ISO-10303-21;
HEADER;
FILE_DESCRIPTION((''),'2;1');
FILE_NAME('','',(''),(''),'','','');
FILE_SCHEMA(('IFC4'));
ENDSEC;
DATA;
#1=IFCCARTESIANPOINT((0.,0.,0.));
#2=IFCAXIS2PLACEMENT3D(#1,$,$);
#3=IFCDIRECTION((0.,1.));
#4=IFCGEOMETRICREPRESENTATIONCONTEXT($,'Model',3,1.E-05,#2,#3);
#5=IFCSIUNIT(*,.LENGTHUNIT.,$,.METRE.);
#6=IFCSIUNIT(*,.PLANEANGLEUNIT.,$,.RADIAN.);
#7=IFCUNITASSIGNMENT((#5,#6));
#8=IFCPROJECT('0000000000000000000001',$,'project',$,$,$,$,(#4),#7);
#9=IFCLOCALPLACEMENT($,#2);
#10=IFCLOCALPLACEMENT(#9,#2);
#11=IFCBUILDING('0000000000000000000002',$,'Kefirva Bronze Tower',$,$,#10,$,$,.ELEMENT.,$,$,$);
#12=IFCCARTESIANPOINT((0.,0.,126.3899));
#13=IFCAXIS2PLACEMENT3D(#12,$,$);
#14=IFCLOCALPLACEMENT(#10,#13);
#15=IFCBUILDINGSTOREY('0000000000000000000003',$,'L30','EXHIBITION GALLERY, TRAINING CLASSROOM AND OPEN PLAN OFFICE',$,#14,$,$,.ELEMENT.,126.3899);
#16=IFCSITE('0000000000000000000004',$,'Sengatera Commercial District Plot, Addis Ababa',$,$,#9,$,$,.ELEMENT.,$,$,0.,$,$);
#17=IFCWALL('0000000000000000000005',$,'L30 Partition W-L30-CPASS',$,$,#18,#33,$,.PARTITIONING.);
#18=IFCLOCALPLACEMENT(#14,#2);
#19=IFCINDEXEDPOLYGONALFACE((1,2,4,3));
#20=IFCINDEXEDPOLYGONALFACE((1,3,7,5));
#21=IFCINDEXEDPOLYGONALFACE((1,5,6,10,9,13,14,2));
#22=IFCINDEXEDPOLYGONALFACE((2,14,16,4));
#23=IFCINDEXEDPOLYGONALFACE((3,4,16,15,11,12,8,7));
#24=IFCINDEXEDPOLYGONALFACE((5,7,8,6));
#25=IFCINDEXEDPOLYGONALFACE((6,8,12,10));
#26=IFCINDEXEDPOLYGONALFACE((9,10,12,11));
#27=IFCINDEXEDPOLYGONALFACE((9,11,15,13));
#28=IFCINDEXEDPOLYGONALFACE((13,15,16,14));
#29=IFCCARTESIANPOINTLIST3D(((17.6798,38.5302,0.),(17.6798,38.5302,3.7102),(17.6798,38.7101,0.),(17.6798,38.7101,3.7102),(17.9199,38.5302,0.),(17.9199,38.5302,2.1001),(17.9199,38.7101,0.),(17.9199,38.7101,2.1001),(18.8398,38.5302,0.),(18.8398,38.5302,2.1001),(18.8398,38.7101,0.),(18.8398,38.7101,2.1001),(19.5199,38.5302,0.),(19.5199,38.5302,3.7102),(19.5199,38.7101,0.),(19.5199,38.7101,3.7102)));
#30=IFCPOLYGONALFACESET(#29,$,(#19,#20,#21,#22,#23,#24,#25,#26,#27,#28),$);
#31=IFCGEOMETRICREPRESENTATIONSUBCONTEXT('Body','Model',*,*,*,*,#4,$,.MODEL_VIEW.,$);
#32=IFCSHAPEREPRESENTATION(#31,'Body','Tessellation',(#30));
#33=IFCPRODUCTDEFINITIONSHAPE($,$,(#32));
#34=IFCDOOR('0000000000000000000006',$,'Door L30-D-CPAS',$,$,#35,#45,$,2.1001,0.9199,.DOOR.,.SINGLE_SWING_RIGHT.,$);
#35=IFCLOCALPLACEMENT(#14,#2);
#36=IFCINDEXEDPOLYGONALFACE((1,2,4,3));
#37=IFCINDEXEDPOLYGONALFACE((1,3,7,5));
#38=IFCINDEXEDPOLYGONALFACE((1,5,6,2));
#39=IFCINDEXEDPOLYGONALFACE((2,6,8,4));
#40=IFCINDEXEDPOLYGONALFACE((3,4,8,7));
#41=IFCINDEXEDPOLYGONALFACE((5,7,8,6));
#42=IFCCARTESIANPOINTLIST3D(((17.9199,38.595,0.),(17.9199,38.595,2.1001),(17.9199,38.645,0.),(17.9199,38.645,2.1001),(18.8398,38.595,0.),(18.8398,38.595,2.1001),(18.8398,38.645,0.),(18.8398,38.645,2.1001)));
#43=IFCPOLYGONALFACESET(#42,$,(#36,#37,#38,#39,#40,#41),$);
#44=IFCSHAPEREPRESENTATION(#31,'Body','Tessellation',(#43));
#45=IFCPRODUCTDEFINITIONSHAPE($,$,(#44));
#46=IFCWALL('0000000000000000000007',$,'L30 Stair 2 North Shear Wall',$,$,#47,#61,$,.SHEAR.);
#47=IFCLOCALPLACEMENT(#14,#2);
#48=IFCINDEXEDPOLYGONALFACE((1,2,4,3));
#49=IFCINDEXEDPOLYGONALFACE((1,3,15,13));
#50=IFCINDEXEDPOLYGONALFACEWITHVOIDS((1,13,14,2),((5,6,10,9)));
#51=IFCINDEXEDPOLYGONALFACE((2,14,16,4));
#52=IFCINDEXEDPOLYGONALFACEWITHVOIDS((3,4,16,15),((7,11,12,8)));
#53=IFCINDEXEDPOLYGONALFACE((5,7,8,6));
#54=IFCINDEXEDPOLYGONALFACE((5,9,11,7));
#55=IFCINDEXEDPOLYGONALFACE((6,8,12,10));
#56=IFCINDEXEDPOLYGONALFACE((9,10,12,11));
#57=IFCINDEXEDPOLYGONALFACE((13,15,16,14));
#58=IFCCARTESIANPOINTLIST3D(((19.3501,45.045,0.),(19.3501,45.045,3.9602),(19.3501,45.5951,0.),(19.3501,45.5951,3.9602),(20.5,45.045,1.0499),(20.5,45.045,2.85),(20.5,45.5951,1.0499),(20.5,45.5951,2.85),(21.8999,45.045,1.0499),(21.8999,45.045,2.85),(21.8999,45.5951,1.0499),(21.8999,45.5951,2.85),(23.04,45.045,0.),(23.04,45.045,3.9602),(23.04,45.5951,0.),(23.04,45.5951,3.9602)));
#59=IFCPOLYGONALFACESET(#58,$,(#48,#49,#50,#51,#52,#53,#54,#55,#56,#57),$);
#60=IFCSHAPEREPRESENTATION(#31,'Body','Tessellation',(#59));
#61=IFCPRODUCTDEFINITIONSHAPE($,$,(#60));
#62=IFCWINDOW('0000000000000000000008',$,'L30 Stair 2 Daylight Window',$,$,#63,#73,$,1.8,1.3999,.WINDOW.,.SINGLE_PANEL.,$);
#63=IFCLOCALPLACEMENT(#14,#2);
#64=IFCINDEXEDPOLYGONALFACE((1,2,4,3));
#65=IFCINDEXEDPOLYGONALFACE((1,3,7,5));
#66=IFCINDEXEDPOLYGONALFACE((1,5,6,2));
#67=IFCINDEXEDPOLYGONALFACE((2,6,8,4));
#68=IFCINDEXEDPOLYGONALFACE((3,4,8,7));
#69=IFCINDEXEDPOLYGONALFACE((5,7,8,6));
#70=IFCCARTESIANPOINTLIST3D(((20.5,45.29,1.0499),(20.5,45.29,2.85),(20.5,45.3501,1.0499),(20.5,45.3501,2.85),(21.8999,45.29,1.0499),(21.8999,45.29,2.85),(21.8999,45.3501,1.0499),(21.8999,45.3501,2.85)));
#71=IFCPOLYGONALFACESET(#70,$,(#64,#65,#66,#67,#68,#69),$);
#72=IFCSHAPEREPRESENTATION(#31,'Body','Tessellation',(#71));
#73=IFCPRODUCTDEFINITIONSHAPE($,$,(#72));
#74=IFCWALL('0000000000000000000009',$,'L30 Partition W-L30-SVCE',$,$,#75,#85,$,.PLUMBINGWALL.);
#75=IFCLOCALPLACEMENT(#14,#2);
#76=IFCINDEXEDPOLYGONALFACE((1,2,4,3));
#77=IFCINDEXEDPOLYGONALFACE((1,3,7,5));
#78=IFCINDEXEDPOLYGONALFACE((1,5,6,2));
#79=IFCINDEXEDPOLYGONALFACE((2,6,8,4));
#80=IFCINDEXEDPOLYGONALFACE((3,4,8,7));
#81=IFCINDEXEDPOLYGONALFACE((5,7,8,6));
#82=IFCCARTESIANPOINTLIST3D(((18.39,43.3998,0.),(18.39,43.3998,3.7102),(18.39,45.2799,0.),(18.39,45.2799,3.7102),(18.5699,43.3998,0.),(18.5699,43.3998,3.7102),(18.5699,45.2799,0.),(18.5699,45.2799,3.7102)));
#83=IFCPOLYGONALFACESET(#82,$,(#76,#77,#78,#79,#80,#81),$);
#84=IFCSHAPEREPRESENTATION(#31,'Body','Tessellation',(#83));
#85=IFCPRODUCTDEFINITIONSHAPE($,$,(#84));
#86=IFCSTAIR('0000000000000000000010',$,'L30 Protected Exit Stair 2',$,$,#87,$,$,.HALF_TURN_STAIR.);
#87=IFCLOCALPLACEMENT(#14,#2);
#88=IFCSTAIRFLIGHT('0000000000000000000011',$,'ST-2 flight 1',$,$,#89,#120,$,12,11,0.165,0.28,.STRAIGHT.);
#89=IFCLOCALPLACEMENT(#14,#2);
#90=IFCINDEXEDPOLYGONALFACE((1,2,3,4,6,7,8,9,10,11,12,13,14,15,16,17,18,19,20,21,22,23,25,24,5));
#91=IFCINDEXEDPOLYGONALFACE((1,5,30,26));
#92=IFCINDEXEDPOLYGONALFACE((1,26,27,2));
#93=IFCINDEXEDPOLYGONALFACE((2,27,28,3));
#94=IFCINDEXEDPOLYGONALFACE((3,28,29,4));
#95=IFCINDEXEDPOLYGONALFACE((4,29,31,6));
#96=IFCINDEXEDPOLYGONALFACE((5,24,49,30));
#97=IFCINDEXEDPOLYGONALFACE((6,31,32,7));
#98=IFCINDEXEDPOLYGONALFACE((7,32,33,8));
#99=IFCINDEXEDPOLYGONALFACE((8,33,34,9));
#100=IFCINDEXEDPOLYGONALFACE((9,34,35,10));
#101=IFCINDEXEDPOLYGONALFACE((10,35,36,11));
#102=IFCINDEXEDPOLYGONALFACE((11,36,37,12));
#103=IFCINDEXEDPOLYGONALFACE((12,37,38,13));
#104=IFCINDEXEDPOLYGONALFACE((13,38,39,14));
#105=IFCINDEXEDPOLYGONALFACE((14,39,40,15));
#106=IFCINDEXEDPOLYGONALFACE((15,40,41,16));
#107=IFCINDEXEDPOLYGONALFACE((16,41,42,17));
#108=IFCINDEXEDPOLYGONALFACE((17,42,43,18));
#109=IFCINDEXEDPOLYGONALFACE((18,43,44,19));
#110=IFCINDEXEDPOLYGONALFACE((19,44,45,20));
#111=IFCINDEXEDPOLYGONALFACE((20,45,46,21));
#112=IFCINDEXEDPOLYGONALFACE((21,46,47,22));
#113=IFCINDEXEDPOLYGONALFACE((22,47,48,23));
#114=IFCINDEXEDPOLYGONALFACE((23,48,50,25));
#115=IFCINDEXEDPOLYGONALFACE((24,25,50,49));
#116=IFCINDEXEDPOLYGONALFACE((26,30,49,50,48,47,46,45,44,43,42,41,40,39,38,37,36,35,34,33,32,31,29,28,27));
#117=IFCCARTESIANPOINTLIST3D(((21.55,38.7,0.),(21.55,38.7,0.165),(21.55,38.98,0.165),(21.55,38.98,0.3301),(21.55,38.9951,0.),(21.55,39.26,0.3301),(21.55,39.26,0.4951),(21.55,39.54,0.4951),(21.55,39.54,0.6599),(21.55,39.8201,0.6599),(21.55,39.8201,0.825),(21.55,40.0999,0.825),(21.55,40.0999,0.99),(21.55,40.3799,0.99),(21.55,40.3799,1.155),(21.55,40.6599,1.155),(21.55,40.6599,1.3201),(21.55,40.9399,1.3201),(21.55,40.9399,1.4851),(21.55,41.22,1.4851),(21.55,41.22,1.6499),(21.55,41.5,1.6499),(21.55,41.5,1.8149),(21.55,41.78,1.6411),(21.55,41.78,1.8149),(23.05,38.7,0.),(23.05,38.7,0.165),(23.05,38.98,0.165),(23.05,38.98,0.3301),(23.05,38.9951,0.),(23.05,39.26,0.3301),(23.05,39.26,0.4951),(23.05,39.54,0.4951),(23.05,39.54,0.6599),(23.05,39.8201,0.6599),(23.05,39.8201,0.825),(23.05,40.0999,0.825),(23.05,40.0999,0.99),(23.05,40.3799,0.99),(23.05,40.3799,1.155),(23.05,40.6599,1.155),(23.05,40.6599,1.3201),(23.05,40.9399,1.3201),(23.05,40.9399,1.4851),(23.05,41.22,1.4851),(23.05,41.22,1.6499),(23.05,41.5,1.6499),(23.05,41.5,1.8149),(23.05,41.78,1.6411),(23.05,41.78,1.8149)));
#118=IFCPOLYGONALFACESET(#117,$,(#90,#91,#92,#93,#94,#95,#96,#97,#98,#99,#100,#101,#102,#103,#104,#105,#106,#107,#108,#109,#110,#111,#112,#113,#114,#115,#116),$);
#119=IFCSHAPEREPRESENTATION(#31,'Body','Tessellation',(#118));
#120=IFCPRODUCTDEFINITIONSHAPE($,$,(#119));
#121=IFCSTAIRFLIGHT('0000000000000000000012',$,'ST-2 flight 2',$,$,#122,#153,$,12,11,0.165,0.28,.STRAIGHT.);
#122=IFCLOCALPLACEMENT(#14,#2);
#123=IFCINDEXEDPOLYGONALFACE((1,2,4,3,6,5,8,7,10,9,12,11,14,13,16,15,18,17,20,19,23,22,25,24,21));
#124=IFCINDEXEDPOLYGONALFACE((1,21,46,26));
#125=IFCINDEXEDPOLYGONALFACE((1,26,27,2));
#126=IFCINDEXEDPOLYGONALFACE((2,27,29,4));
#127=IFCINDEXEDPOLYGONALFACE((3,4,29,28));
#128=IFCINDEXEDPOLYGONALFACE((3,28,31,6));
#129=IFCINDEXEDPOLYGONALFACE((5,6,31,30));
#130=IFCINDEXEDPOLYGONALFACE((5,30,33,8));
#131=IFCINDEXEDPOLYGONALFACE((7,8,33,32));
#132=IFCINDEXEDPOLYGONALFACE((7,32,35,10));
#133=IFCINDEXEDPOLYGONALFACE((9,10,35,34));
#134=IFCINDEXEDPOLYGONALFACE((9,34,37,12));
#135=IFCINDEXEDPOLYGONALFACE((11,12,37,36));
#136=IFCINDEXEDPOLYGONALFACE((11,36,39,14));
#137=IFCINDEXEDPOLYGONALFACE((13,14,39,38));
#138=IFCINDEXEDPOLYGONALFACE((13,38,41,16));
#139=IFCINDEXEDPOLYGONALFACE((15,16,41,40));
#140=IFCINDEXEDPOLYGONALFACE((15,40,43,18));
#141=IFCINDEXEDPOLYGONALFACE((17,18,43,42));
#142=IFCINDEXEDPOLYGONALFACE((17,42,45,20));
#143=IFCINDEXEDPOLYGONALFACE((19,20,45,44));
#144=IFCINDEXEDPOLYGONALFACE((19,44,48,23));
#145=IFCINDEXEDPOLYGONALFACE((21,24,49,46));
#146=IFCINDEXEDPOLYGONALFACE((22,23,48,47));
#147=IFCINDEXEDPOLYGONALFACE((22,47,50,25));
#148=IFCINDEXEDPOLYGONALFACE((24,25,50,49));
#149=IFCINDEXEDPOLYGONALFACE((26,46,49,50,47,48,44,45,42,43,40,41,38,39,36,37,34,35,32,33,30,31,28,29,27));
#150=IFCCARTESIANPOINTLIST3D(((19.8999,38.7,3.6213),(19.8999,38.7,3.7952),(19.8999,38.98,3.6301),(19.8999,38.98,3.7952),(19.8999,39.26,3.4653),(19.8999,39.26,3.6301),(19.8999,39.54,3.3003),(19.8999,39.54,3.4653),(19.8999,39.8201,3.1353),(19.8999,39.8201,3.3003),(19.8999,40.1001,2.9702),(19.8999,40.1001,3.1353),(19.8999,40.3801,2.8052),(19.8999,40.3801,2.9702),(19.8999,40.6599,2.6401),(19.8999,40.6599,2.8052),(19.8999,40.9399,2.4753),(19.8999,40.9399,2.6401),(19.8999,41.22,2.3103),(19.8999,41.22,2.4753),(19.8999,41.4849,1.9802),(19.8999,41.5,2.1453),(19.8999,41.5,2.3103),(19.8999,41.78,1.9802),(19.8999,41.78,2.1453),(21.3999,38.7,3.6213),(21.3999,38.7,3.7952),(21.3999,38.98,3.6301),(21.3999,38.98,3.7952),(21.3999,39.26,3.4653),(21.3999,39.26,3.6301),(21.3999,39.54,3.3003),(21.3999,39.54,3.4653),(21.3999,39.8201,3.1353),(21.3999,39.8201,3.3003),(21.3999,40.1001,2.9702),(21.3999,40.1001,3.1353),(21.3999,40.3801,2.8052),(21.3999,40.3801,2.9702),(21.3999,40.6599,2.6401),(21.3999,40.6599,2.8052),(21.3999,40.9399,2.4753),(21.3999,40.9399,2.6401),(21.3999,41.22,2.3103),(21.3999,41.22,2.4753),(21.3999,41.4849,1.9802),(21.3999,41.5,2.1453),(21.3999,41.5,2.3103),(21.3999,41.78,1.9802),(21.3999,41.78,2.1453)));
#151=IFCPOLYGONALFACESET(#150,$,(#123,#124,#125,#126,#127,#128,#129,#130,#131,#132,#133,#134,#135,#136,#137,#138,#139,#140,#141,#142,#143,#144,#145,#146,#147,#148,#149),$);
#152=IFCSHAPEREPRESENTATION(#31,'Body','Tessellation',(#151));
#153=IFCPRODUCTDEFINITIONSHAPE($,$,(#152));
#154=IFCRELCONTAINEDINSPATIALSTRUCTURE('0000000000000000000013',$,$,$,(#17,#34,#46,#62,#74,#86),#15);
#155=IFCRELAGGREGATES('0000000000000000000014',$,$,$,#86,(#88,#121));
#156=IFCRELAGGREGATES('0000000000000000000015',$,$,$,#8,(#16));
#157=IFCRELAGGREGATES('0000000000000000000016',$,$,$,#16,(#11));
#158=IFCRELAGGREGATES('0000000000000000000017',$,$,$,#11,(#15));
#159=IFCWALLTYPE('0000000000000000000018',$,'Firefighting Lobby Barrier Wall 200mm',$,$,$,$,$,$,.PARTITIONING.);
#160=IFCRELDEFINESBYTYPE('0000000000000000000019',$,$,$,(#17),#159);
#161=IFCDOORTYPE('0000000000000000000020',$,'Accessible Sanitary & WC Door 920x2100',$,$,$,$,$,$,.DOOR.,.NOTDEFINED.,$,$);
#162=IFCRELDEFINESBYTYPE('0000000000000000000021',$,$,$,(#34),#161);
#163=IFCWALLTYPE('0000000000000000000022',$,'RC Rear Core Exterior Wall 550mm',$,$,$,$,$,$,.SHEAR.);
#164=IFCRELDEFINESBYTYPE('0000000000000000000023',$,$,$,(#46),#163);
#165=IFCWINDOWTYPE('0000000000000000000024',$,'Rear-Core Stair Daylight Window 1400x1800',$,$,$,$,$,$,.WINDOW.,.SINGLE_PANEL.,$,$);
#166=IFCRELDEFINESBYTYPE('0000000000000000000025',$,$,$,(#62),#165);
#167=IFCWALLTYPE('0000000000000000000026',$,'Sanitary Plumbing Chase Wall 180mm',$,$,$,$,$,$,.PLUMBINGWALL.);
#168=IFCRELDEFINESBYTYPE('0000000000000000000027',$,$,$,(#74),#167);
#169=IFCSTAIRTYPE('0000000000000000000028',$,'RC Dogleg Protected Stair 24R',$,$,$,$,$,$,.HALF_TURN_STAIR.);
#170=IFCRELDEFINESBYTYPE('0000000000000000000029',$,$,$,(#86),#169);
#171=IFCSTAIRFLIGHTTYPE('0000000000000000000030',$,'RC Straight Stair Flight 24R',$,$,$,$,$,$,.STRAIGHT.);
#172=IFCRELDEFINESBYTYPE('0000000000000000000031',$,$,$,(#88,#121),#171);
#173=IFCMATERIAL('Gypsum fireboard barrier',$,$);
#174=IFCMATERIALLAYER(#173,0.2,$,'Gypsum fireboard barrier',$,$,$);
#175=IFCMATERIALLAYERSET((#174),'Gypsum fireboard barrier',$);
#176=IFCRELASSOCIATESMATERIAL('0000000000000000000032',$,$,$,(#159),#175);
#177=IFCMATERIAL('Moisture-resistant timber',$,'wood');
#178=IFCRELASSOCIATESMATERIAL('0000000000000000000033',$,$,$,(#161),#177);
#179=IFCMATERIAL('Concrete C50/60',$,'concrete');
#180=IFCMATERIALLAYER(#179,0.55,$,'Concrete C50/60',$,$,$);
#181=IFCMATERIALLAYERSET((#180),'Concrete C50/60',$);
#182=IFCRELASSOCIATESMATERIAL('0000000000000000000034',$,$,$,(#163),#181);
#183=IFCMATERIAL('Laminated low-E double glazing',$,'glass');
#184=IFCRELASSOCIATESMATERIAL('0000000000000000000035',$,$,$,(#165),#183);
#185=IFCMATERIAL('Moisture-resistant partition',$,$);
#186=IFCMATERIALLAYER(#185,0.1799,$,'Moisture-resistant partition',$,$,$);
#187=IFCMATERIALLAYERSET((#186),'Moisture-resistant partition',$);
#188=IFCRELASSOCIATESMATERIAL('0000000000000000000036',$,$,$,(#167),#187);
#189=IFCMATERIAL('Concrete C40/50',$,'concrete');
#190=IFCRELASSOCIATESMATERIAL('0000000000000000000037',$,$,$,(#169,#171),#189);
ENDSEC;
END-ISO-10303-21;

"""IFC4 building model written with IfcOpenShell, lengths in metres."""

from ifc_helpers import new_model, si_unit, direction, frame, frame_2d, origin, place, context, subcontext, project, spatial, polyline, rectangle, outline, extrude, material, layer, layer_set, type_object, element, fill, aggregate, save


model = new_model("IFC4")

# Units and contexts
model_context = context("Model", 3, precision=1e-05, world=origin(), true_north=direction((0.0, 1.0)))
body_context = subcontext(model_context, "Body", "Model", "MODEL_VIEW")
ifc_project = project(units=[si_unit("LENGTHUNIT", "METRE"), si_unit("PLANEANGLEUNIT", "RADIAN")], contexts=[model_context])

# Site, building, storey
site_placement = place(None, origin())
site = spatial("IfcSite", under=ifc_project, at=site_placement, Name="Sengatera Commercial District Plot, Addis Ababa", CompositionType="ELEMENT", RefElevation=0.0)
building_placement = place(site_placement, origin())
building = spatial("IfcBuilding", under=site, at=building_placement, Name="Kefirva Bronze Tower", CompositionType="ELEMENT")
storey_placement = place(building_placement, frame((0.0, 0.0, 126.3899)))
storey = spatial("IfcBuildingStorey", under=building, at=storey_placement, Name="L30", Description="EXHIBITION GALLERY, TRAINING CLASSROOM AND OPEN PLAN OFFICE", CompositionType="ELEMENT", Elevation=126.3899)

# Shared definitions
ifc_material_1 = material(Name="Concrete C50/60", Category="concrete")

# Shared definitions
ifc_material_2 = material(Name="Laminated low-E double glazing", Category="glass")

# Wall, opening, door
ifc_material_3 = material(Name="Gypsum fireboard barrier")
ifc_layer_1 = layer(ifc_material_3, 0.2, Name="Gypsum fireboard barrier")
ifc_layer_set_1 = layer_set([ifc_layer_1], Name="Gypsum fireboard barrier")
wall_type_1 = type_object("IfcWallType", Name="Firefighting Lobby Barrier Wall 200mm", PredefinedType="PARTITIONING", material=ifc_layer_set_1)
wall_1_placement = place(storey_placement, frame((17.6799, 38.6201, 0.0), z_axis=(0.0, 0.0, 1.0), x_axis=(1.0, 0.0, 0.0)))
wall_1 = element("IfcWall", 1, at=wall_1_placement, inside=storey, type_object=wall_type_1, Name="L30 Partition W-L30-CPASS", PredefinedType="PARTITIONING", context=body_context, shape_type="SweptSolid", body=[
    extrude(rectangle(XDim=1.8401, YDim=0.1799, at=frame_2d((0.9199, 0.0))), origin(), (0.0, 0.0, 1.0), 3.7102),
])
opening_1_placement = place(wall_1_placement, frame((0.24, 0.0, 0.0)))
opening_1 = element("IfcOpeningElement", 2, at=opening_1_placement, cuts=wall_1, PredefinedType="OPENING", context=body_context, shape_type="SweptSolid", body=[
    extrude(rectangle(XDim=0.9199, YDim=2.1001, at=frame_2d((0.46, 1.05))), frame((0.0, 0.1001, 0.0), z_axis=(0.0, -1.0, 0.0), x_axis=(1.0, 0.0, 0.0)), (0.0, 0.0, 1.0), 0.2),
])
ifc_material_4 = material(Name="Moisture-resistant timber", Category="wood")
door_type = type_object("IfcDoorType", Name="Accessible Sanitary & WC Door 920x2100", OperationType="NOTDEFINED", PredefinedType="DOOR", material=ifc_material_4)
door_placement = place(opening_1_placement, origin())
door = element("IfcDoor", 3, at=door_placement, inside=storey, type_object=door_type, Name="Door L30-D-CPAS", OperationType="SINGLE_SWING_RIGHT", OverallHeight=2.1001, OverallWidth=0.9199, PredefinedType="DOOR", context=body_context, shape_type="SweptSolid", body=[
    extrude(rectangle(XDim=0.9199, YDim=2.1001, at=frame_2d((0.46, 1.05))), frame((0.0, 0.0249, 0.0), z_axis=(0.0, -1.0, 0.0), x_axis=(1.0, 0.0, 0.0)), (0.0, 0.0, 1.0), 0.05),
])
fill(opening_1, door)

# Wall, opening, window
ifc_layer_2 = layer(ifc_material_1, 0.55, Name="Concrete C50/60")
ifc_layer_set_2 = layer_set([ifc_layer_2], Name="Concrete C50/60")
wall_type_2 = type_object("IfcWallType", Name="RC Rear Core Exterior Wall 550mm", PredefinedType="SHEAR", material=ifc_layer_set_2)
wall_2_placement = place(storey_placement, frame((19.3501, 45.3201, 0.0), z_axis=(0.0, 0.0, 1.0), x_axis=(1.0, 0.0, 0.0)))
wall_2 = element("IfcWall", 4, at=wall_2_placement, inside=storey, type_object=wall_type_2, Name="L30 Stair 2 North Shear Wall", PredefinedType="SHEAR", context=body_context, shape_type="SweptSolid", body=[
    extrude(rectangle(XDim=3.6899, YDim=0.55, at=frame_2d((1.845, 0.0))), origin(), (0.0, 0.0, 1.0), 3.9602),
])
opening_2_placement = place(wall_2_placement, frame((1.1499, 0.0, 1.05)))
opening_2 = element("IfcOpeningElement", 5, at=opening_2_placement, cuts=wall_2, PredefinedType="OPENING", context=body_context, shape_type="SweptSolid", body=[
    extrude(rectangle(XDim=1.3999, YDim=1.8, at=frame_2d((0.7, 0.8999))), frame((0.0, 0.2852, 0.0), z_axis=(0.0, -1.0, 0.0), x_axis=(1.0, 0.0, 0.0)), (0.0, 0.0, 1.0), 0.5701),
])
window_type = type_object("IfcWindowType", Name="Rear-Core Stair Daylight Window 1400x1800", PartitioningType="SINGLE_PANEL", PredefinedType="WINDOW", material=ifc_material_2)
window_placement = place(opening_2_placement, origin())
window = element("IfcWindow", 6, at=window_placement, inside=storey, type_object=window_type, Name="L30 Stair 2 Daylight Window", OverallHeight=1.8, OverallWidth=1.3999, PartitioningType="SINGLE_PANEL", PredefinedType="WINDOW", context=body_context, shape_type="SweptSolid", body=[
    extrude(rectangle(XDim=1.3999, YDim=1.8, at=frame_2d((0.7, 0.8999))), frame((0.0, 0.03, 0.0), z_axis=(0.0, -1.0, 0.0), x_axis=(1.0, 0.0, 0.0)), (0.0, 0.0, 1.0), 0.0601),
])
fill(opening_2, window)

# Wall
ifc_material_5 = material(Name="Moisture-resistant partition")
ifc_layer_3 = layer(ifc_material_5, 0.1799, Name="Moisture-resistant partition")
ifc_layer_set_3 = layer_set([ifc_layer_3], Name="Moisture-resistant partition")
wall_type_3 = type_object("IfcWallType", Name="Sanitary Plumbing Chase Wall 180mm", PredefinedType="PLUMBINGWALL", material=ifc_layer_set_3)
wall_3_placement = place(storey_placement, frame((18.48, 43.3999, 0.0), z_axis=(0.0, 0.0, 1.0), x_axis=(0.0, 1.0, 0.0)))
element("IfcWall", 7, at=wall_3_placement, inside=storey, type_object=wall_type_3, Name="L30 Partition W-L30-SVCE", PredefinedType="PLUMBINGWALL", context=body_context, shape_type="SweptSolid", body=[
    extrude(rectangle(XDim=1.8801, YDim=0.1799, at=frame_2d((0.9399, 0.0))), origin(), (0.0, 0.0, 1.0), 3.7102),
])

# Stair, stair flights
ifc_material_6 = material(Name="Concrete C40/50", Category="concrete")
stair_type = type_object("IfcStairType", Name="RC Dogleg Protected Stair 24R", PredefinedType="HALF_TURN_STAIR", material=ifc_material_6)
stair_placement = place(storey_placement, origin())
stair = element("IfcStair", 8, at=stair_placement, inside=storey, type_object=stair_type, Name="L30 Protected Exit Stair 2", PredefinedType="HALF_TURN_STAIR")
stair_flight_type = type_object("IfcStairFlightType", Name="RC Straight Stair Flight 24R", PredefinedType="STRAIGHT", material=ifc_material_6)
stair_flight_1_placement = place(storey_placement, frame((22.3, 38.7, 0.0), z_axis=(0.0, 0.0, 1.0), x_axis=(0.0, 1.0, 0.0)))
stair_flight_1 = element("IfcStairFlight", 9, at=stair_flight_1_placement, type_object=stair_flight_type, Name="ST-2 flight 1", NumberOfRisers=12, NumberOfTreads=11, PredefinedType="STRAIGHT", RiserHeight=0.165, TreadLength=0.28, context=body_context, shape_type="SweptSolid", body=[
    extrude(outline(polyline([(0.0, 0.0), (0.0, 0.165), (0.28, 0.165), (0.28, 0.3301), (0.5601, 0.3301), (0.5601, 0.4951), (0.8401, 0.4951), (0.8401, 0.6599), (1.1201, 0.6599), (1.1201, 0.825), (1.3999, 0.825), (1.3999, 0.99), (1.6799, 0.99), (1.6799, 1.155), (1.96, 1.155), (1.96, 1.3201), (2.24, 1.3201), (2.24, 1.4851), (2.52, 1.4851), (2.52, 1.6499), (2.8, 1.6499), (2.8, 1.8149), (3.0801, 1.8149), (3.0801, 1.98), (3.0801, 1.6411), (0.2952, 0.0), (0.0, 0.0)])), frame((0.0, 0.75, 0.0), z_axis=(0.0, -1.0, 0.0), x_axis=(1.0, 0.0, 0.0)), (0.0, 0.0, 1.0), 1.5),
])
stair_flight_2_placement = place(storey_placement, frame((20.6499, 41.78, 1.9802), z_axis=(0.0, 0.0, 1.0), x_axis=(0.0, -1.0, 0.0)))
stair_flight_2 = element("IfcStairFlight", 10, at=stair_flight_2_placement, type_object=stair_flight_type, Name="ST-2 flight 2", NumberOfRisers=12, NumberOfTreads=11, PredefinedType="STRAIGHT", RiserHeight=0.165, TreadLength=0.28, context=body_context, shape_type="SweptSolid", body=[
    extrude(outline(polyline([(0.0, 0.0), (0.0, 0.165), (0.28, 0.165), (0.28, 0.3301), (0.5601, 0.3301), (0.5601, 0.4951), (0.8401, 0.4951), (0.8401, 0.6599), (1.1201, 0.6599), (1.1201, 0.825), (1.3999, 0.825), (1.3999, 0.99), (1.6799, 0.99), (1.6799, 1.155), (1.96, 1.155), (1.96, 1.3201), (2.24, 1.3201), (2.24, 1.4851), (2.52, 1.4851), (2.52, 1.6499), (2.8, 1.6499), (2.8, 1.8149), (3.0801, 1.8149), (3.0801, 1.98), (3.0801, 1.6411), (0.2952, 0.0), (0.0, 0.0)])), frame((0.0, 0.75, 0.0), z_axis=(0.0, -1.0, 0.0), x_axis=(1.0, 0.0, 0.0)), (0.0, 0.0, 1.0), 1.5),
])
aggregate(stair, [stair_flight_1, stair_flight_2])

save(model, "model.ifc")
